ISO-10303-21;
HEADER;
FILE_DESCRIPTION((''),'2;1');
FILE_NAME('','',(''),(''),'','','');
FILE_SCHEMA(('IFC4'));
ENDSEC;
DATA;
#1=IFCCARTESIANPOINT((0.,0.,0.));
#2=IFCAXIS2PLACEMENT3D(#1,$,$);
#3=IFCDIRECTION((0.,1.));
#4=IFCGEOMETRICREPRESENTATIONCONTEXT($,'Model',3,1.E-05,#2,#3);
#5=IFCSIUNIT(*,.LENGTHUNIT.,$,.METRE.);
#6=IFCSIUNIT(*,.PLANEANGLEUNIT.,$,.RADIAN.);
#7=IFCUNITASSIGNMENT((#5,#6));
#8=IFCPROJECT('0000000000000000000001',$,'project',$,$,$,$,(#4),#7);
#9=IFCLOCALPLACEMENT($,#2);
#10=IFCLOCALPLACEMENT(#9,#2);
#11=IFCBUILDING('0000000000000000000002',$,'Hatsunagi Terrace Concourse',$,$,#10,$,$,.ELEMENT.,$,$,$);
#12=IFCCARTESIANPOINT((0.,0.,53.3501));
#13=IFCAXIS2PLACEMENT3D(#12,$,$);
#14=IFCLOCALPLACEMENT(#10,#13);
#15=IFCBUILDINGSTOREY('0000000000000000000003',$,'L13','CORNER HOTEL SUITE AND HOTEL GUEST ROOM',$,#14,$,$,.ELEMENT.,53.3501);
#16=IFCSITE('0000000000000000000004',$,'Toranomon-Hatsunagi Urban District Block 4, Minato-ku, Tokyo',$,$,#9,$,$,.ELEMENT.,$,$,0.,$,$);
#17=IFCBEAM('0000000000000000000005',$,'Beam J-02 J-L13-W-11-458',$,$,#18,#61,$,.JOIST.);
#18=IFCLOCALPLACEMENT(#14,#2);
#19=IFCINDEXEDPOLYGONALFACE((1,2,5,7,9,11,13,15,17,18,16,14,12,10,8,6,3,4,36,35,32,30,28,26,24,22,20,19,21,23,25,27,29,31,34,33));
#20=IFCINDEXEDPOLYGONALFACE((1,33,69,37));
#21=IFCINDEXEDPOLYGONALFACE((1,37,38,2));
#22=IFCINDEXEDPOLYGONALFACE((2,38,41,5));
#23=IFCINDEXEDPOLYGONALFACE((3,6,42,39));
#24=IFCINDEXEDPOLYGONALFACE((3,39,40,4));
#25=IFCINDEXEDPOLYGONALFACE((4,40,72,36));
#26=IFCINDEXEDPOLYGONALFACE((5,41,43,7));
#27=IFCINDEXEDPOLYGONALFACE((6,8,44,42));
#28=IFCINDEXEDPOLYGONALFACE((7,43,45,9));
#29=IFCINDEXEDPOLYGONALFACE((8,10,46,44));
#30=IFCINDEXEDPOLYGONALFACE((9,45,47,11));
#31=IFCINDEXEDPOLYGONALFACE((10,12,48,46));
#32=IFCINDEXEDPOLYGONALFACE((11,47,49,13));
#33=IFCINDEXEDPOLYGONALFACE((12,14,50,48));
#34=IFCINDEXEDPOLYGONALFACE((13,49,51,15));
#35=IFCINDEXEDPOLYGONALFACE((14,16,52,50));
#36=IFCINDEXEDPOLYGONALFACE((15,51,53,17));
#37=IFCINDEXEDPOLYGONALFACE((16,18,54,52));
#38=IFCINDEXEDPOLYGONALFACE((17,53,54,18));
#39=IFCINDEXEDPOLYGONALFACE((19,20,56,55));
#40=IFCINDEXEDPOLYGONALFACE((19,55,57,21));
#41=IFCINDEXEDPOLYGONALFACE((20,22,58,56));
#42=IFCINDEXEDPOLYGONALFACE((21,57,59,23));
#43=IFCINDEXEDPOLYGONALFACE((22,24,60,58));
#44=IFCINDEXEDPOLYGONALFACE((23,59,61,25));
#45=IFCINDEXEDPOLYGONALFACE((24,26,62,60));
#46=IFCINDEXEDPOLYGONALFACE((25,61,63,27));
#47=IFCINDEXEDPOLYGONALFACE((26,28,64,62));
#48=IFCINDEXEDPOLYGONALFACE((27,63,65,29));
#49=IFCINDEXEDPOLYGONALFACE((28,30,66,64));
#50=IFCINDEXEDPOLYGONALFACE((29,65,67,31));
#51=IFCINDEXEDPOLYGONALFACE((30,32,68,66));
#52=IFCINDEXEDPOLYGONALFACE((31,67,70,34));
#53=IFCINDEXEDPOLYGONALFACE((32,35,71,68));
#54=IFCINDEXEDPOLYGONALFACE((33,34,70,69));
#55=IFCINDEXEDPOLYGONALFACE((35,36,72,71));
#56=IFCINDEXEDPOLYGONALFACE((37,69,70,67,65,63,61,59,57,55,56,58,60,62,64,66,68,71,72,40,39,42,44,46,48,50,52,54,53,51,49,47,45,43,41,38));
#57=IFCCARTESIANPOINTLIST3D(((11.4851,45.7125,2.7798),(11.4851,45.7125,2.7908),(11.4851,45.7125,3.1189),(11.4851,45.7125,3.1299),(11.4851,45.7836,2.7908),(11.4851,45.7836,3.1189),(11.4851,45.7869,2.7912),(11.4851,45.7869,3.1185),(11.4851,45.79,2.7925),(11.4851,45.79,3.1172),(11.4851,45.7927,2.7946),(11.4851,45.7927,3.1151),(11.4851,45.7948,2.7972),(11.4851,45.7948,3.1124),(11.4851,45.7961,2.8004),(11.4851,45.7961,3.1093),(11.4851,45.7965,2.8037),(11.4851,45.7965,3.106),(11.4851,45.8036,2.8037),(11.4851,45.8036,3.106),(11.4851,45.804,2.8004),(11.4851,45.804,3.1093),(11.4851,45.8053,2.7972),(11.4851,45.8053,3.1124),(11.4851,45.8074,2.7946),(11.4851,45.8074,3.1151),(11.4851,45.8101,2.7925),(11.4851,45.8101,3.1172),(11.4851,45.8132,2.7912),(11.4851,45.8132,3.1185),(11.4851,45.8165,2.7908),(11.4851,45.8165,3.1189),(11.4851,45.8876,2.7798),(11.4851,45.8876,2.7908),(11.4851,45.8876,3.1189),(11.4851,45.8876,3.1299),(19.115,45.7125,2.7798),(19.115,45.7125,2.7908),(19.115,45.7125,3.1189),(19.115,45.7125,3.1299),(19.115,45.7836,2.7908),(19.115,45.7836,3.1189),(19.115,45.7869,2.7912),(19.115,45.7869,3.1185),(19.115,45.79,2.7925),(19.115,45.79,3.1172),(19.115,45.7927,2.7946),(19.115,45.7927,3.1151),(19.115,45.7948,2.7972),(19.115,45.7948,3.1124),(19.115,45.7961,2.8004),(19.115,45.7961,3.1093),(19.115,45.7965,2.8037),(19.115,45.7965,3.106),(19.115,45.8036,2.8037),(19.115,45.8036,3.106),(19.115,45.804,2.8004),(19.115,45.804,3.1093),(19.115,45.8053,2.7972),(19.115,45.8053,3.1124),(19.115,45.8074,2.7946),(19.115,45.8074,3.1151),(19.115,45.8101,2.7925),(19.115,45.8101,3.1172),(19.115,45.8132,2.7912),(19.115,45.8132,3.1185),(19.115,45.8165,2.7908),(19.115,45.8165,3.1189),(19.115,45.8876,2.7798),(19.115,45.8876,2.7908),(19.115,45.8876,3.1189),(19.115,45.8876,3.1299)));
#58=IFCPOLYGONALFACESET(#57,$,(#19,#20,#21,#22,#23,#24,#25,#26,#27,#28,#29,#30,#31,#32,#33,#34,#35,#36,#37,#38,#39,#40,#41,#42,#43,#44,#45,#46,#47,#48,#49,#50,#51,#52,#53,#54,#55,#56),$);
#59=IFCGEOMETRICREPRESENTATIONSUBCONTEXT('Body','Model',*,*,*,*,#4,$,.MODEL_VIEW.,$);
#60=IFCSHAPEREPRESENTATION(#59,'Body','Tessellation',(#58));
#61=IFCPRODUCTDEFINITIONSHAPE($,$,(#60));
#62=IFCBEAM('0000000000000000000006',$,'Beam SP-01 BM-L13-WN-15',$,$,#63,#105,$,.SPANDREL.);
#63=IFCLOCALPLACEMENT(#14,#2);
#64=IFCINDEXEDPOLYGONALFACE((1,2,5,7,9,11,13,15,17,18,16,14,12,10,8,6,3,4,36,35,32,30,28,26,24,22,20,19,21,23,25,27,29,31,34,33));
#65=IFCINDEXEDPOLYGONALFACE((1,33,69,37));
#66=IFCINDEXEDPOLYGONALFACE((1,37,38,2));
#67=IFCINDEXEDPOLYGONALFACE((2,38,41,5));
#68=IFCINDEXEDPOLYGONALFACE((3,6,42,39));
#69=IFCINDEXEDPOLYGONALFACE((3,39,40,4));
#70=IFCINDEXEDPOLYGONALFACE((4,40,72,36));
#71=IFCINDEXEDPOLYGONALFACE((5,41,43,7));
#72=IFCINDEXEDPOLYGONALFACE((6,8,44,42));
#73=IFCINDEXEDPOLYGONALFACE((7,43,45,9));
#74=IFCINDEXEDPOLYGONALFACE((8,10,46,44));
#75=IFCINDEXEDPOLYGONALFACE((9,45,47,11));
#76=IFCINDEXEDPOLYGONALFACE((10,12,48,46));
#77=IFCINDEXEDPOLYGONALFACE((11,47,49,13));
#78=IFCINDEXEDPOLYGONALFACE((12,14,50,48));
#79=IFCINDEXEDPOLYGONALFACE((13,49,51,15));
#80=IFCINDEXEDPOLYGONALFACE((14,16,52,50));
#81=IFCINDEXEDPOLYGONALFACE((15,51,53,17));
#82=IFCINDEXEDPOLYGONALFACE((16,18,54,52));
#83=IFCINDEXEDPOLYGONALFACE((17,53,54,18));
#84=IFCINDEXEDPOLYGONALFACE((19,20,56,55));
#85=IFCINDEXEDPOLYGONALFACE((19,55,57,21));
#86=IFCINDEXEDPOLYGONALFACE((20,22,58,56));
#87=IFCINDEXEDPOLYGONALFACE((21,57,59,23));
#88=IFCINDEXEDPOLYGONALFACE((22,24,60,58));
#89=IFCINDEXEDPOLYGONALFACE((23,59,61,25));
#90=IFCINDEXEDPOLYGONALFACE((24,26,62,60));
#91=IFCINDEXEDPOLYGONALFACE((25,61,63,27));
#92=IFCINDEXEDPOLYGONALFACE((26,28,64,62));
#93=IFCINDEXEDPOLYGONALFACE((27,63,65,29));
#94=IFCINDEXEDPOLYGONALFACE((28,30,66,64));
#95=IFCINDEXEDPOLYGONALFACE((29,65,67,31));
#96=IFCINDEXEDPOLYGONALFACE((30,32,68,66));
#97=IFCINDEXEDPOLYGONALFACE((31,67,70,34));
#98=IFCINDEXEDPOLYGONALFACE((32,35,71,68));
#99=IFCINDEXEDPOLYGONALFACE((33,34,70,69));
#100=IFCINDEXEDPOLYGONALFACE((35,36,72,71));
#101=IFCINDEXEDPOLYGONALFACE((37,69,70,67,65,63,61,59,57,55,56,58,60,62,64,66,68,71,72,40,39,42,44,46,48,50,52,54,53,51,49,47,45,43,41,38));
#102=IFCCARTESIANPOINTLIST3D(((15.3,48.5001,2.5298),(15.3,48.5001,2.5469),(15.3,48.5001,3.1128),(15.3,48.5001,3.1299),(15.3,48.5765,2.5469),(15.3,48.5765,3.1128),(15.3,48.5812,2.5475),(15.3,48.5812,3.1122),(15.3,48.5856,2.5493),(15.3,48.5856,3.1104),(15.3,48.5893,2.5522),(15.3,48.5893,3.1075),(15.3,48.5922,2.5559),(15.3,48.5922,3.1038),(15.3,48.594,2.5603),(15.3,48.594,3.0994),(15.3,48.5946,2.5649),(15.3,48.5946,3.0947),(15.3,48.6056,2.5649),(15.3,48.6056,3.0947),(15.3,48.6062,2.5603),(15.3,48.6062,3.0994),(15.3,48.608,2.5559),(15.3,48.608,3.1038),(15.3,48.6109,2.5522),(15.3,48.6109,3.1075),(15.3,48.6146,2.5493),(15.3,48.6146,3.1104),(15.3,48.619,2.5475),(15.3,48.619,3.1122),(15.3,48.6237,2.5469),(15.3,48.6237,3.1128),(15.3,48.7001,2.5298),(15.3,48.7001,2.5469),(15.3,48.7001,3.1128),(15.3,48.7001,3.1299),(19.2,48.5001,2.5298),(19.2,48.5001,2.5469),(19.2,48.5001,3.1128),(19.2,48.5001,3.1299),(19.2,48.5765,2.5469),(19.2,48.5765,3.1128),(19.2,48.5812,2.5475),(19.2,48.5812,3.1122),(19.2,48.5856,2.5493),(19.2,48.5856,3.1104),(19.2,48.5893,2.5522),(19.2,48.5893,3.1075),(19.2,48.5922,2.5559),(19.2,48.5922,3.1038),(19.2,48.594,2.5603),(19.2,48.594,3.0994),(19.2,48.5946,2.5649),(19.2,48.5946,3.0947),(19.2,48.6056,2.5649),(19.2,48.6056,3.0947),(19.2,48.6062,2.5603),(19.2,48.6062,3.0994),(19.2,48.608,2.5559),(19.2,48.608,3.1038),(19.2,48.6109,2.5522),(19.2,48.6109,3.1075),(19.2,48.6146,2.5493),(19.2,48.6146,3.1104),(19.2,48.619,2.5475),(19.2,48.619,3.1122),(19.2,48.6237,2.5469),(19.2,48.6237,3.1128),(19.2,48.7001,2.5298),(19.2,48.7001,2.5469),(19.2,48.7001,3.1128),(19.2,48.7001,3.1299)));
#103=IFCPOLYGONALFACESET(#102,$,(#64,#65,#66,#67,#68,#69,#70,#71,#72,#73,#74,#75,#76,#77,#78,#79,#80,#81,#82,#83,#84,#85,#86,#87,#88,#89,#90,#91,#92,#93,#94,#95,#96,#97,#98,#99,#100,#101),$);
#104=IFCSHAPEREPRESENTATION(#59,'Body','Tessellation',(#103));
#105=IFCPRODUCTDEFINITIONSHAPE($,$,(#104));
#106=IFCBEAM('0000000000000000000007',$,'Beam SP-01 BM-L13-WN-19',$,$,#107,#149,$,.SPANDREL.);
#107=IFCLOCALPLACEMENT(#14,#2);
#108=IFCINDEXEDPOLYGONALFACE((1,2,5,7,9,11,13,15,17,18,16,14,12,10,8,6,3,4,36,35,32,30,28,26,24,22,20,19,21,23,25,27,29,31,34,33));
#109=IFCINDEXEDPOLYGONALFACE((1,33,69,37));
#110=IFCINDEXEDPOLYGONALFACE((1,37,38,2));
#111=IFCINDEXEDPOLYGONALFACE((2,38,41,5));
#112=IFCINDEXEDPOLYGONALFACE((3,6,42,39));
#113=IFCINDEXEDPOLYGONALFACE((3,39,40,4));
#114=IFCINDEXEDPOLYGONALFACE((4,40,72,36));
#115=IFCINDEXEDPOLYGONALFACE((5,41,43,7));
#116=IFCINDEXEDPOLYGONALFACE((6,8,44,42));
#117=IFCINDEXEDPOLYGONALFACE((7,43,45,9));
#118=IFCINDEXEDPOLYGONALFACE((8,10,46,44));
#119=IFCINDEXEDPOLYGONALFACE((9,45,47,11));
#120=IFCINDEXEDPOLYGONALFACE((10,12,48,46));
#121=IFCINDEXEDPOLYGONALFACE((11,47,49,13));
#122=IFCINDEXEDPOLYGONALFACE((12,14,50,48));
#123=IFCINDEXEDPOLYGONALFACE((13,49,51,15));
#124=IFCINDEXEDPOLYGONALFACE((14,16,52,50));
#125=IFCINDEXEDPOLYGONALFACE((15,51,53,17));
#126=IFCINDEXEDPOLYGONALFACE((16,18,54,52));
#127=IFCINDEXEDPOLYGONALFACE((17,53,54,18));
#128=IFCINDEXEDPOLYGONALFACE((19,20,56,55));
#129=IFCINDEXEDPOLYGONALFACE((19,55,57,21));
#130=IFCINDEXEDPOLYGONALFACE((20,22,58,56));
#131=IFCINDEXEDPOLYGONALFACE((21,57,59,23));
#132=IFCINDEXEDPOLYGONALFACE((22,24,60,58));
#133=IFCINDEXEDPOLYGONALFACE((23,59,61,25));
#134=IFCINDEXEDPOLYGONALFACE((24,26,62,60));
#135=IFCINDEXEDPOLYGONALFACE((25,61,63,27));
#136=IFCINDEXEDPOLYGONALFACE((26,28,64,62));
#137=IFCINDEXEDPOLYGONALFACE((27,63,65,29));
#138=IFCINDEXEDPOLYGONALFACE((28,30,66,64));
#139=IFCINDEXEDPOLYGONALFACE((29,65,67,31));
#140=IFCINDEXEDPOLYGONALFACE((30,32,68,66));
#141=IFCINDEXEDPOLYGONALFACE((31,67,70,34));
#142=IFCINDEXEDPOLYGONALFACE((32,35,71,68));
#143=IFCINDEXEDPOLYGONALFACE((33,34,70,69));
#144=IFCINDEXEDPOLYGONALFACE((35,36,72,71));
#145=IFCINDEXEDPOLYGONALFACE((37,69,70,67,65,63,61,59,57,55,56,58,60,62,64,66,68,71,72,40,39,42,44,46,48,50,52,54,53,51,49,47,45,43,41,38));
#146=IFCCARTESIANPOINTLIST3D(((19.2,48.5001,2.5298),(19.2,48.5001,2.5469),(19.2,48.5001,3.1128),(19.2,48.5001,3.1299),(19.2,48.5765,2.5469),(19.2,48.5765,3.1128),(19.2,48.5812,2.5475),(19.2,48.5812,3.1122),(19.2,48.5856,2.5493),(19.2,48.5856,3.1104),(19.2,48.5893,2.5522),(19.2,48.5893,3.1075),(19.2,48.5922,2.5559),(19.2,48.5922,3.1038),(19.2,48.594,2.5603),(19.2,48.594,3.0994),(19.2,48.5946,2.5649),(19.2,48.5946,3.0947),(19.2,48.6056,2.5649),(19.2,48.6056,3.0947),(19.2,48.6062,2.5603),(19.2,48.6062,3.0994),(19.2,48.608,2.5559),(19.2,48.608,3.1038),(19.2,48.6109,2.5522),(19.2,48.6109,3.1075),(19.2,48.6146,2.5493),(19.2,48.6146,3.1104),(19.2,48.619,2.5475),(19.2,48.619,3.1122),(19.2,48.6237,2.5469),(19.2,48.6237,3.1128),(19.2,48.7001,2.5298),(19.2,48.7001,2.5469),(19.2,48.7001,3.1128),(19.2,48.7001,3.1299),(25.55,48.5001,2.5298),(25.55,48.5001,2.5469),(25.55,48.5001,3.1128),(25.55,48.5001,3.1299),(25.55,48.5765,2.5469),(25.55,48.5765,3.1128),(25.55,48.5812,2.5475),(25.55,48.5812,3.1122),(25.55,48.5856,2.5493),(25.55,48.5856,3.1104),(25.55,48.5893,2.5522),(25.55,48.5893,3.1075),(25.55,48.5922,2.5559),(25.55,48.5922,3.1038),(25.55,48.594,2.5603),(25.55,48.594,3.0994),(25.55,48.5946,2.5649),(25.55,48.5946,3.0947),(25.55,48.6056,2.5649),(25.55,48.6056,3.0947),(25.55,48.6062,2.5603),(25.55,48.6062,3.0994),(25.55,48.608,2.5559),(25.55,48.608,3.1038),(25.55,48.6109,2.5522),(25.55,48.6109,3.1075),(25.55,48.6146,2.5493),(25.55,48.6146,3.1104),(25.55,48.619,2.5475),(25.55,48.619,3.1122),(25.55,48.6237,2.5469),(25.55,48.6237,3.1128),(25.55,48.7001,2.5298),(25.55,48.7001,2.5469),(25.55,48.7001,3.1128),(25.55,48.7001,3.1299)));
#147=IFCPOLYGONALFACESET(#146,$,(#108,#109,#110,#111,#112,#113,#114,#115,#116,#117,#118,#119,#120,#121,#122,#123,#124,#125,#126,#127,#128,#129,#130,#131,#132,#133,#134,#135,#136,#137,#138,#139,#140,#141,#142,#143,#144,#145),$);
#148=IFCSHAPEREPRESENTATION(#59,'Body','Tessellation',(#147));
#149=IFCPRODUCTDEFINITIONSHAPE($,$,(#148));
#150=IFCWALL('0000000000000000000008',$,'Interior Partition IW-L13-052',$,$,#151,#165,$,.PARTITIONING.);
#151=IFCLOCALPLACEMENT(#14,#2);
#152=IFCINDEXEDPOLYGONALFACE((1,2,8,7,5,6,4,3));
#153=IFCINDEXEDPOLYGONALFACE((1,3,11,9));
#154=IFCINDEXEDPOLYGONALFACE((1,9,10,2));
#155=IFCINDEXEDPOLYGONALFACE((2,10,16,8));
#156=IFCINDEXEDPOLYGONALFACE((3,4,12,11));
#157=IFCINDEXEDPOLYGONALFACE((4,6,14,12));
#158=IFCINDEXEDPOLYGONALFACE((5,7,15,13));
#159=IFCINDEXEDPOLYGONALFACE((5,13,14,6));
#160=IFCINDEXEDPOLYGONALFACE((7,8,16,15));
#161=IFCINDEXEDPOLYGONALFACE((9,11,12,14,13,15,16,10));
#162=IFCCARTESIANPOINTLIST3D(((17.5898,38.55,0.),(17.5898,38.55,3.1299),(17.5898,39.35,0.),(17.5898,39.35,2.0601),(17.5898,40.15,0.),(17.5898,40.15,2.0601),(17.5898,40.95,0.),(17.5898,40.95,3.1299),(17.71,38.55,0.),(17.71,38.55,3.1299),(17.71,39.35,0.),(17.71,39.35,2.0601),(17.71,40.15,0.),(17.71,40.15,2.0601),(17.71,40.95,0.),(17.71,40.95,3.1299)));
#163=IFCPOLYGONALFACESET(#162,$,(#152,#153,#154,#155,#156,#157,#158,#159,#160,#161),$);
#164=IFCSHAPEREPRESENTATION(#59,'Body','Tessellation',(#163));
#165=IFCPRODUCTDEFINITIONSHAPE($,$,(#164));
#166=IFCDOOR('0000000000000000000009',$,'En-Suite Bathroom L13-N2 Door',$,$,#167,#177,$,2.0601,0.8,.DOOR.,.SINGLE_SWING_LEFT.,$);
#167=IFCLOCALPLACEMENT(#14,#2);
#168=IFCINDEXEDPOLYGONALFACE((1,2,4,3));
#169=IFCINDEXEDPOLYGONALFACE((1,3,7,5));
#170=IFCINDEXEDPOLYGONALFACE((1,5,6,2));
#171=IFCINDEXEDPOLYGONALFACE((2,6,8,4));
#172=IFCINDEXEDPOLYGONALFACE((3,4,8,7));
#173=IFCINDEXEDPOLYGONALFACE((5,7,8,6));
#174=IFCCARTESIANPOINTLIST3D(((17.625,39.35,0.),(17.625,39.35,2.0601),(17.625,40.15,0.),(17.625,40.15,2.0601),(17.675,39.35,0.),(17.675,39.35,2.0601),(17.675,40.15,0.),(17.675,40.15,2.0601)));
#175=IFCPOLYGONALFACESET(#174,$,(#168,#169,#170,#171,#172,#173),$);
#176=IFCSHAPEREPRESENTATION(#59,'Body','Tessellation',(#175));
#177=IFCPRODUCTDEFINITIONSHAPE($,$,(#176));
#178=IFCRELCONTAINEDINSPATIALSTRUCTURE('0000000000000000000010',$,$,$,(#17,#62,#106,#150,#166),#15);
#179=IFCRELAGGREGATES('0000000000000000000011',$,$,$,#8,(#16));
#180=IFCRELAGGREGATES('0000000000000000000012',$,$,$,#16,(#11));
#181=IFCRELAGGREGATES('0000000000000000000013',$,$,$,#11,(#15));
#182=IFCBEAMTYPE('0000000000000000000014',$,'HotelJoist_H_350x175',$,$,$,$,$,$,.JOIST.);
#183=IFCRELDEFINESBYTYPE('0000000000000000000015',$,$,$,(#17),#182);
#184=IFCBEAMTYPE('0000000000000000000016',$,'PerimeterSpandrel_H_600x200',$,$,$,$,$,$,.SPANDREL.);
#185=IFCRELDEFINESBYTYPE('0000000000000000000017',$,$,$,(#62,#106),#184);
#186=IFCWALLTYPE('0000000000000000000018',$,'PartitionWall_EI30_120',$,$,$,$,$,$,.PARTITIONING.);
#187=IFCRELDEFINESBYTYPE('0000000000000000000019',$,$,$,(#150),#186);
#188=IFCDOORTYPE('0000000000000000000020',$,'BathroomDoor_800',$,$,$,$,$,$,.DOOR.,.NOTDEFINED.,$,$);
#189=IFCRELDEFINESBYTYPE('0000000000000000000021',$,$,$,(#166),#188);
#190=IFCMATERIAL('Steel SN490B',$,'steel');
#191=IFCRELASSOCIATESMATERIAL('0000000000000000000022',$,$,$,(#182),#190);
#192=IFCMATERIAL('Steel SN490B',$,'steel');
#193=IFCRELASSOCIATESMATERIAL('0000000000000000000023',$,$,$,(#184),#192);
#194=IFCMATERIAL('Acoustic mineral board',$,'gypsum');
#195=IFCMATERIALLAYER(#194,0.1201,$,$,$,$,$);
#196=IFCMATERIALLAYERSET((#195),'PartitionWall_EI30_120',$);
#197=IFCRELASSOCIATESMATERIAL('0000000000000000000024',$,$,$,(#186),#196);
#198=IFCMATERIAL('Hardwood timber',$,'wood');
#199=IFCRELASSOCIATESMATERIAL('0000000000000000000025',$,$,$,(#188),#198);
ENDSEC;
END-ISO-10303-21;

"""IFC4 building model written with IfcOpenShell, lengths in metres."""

from ifc_helpers import new_model, si_unit, direction, frame, frame_2d, origin, origin_2d, place, context, subcontext, project, spatial, rectangle, i_section, extrude, material, layer, layer_set, material_profile, profile_set, type_object, element, fill, save


model = new_model("IFC4")

# Units and contexts
model_context = context("Model", 3, precision=1e-05, world=origin(), true_north=direction((0.0, 1.0)))
body_context = subcontext(model_context, "Body", "Model", "MODEL_VIEW")
ifc_project = project(units=[si_unit("LENGTHUNIT", "METRE"), si_unit("PLANEANGLEUNIT", "RADIAN")], contexts=[model_context])

# Site, building, storey
site_placement = place(None, origin())
site = spatial("IfcSite", under=ifc_project, at=site_placement, Name="Toranomon-Hatsunagi Urban District Block 4, Minato-ku, Tokyo", CompositionType="ELEMENT", RefElevation=0.0)
building_placement = place(site_placement, origin())
building = spatial("IfcBuilding", under=site, at=building_placement, Name="Hatsunagi Terrace Concourse", CompositionType="ELEMENT")
storey_placement = place(building_placement, frame((0.0, 0.0, 53.3501)))
storey = spatial("IfcBuildingStorey", under=building, at=storey_placement, Name="L13", Description="CORNER HOTEL SUITE AND HOTEL GUEST ROOM", CompositionType="ELEMENT", Elevation=53.3501)

# Beams
ifc_material_1 = material(Name="Steel SN490B", Category="steel")
ifc_material_profile_1 = material_profile(ifc_material_1, i_section(OverallWidth=0.175, OverallDepth=0.3501, WebThickness=0.0071, FlangeThickness=0.011, FilletRadius=0.0129, at=origin_2d()), Name="H-350x175x7x11")
ifc_profile_set_1 = profile_set([ifc_material_profile_1], Name="Steel SN490B")
beam_type_1 = type_object("IfcBeamType", Name="HotelJoist_H_350x175", PredefinedType="JOIST", material=ifc_profile_set_1)
for number, where, z_axis, x_axis, name in (
    (1, (11.4851, 45.8, 2.9548), (1.0, 0.0, 0.0), (0.0, 1.0, 0.0), "Beam J-02 J-L13-W-11-458"),
):
    element("IfcBeam", number, at=place(storey_placement, frame(where, z_axis=z_axis, x_axis=x_axis)), inside=storey, type_object=beam_type_1, Name=name, PredefinedType="JOIST", context=body_context, shape_type="SweptSolid", body=[
        extrude(i_section(OverallWidth=0.175, OverallDepth=0.3501, WebThickness=0.0071, FlangeThickness=0.011, FilletRadius=0.0129, at=origin_2d()), origin(), (0.0, 0.0, 1.0), 7.6299),
    ])
ifc_material_2 = material(Name="Steel SN490B", Category="steel")
ifc_material_profile_2 = material_profile(ifc_material_2, i_section(OverallWidth=0.2, OverallDepth=0.6001, WebThickness=0.011, FlangeThickness=0.0171, FilletRadius=0.0181, at=origin_2d()), Name="H-600x200x11x17")
ifc_profile_set_2 = profile_set([ifc_material_profile_2], Name="Steel SN490B")
beam_type_2 = type_object("IfcBeamType", Name="PerimeterSpandrel_H_600x200", PredefinedType="SPANDREL", material=ifc_profile_set_2)
beam_1_placement = place(storey_placement, frame((15.3, 48.6001, 2.8298), z_axis=(1.0, 0.0, 0.0), x_axis=(0.0, 1.0, 0.0)))
element("IfcBeam", 2, at=beam_1_placement, inside=storey, type_object=beam_type_2, Name="Beam SP-01 BM-L13-WN-15", PredefinedType="SPANDREL", context=body_context, shape_type="SweptSolid", body=[
    extrude(i_section(OverallWidth=0.2, OverallDepth=0.6001, WebThickness=0.011, FlangeThickness=0.0171, FilletRadius=0.0181, at=origin_2d()), origin(), (0.0, 0.0, 1.0), 3.8999),
])
beam_2_placement = place(storey_placement, frame((19.2, 48.6001, 2.8298), z_axis=(1.0, 0.0, 0.0), x_axis=(0.0, 1.0, 0.0)))
element("IfcBeam", 3, at=beam_2_placement, inside=storey, type_object=beam_type_2, Name="Beam SP-01 BM-L13-WN-19", PredefinedType="SPANDREL", context=body_context, shape_type="SweptSolid", body=[
    extrude(i_section(OverallWidth=0.2, OverallDepth=0.6001, WebThickness=0.011, FlangeThickness=0.0171, FilletRadius=0.0181, at=origin_2d()), origin(), (0.0, 0.0, 1.0), 6.3501),
])

# Wall, opening, door
ifc_material_3 = material(Name="Acoustic mineral board", Category="gypsum")
ifc_layer_1 = layer(ifc_material_3, 0.1201)
ifc_layer_set_1 = layer_set([ifc_layer_1], Name="PartitionWall_EI30_120")
wall_type_1 = type_object("IfcWallType", Name="PartitionWall_EI30_120", PredefinedType="PARTITIONING", material=ifc_layer_set_1)
wall_1_placement = place(storey_placement, frame((17.6499, 38.55, 0.0), z_axis=(0.0, 0.0, 1.0), x_axis=(0.0, 1.0, 0.0)))
wall_1 = element("IfcWall", 4, at=wall_1_placement, inside=storey, type_object=wall_type_1, Name="Interior Partition IW-L13-052", PredefinedType="PARTITIONING", context=body_context, shape_type="SweptSolid", body=[
    extrude(rectangle(XDim=2.3999, YDim=0.1201, at=frame_2d((1.2, 0.0))), origin(), (0.0, 0.0, 1.0), 3.1299),
])
opening_1_placement = place(wall_1_placement, frame((0.8, 0.0, 0.0)))
opening_1 = element("IfcOpeningElement", 5, at=opening_1_placement, cuts=wall_1, PredefinedType="OPENING", context=body_context, shape_type="SweptSolid", body=[
    extrude(rectangle(XDim=0.8, YDim=2.0601, at=frame_2d((0.3999, 1.03))), frame((0.0, 0.0701, 0.0), z_axis=(0.0, -1.0, 0.0), x_axis=(1.0, 0.0, 0.0)), (0.0, 0.0, 1.0), 0.1401),
])
ifc_material_4 = material(Name="Hardwood timber", Category="wood")
door_type_1 = type_object("IfcDoorType", Name="BathroomDoor_800", OperationType="NOTDEFINED", PredefinedType="DOOR", material=ifc_material_4)
door_1_placement = place(opening_1_placement, origin())
door_1 = element("IfcDoor", 6, at=door_1_placement, inside=storey, type_object=door_type_1, Name="En-Suite Bathroom L13-N2 Door", OperationType="SINGLE_SWING_LEFT", OverallHeight=2.0601, OverallWidth=0.8, PredefinedType="DOOR", context=body_context, shape_type="SweptSolid", body=[
    extrude(rectangle(XDim=0.8, YDim=2.0601, at=frame_2d((0.3999, 1.03))), frame((0.0, 0.0249, 0.0), z_axis=(0.0, -1.0, 0.0), x_axis=(1.0, 0.0, 0.0)), (0.0, 0.0, 1.0), 0.05),
])
fill(opening_1, door_1)

save(model, "model.ifc")
